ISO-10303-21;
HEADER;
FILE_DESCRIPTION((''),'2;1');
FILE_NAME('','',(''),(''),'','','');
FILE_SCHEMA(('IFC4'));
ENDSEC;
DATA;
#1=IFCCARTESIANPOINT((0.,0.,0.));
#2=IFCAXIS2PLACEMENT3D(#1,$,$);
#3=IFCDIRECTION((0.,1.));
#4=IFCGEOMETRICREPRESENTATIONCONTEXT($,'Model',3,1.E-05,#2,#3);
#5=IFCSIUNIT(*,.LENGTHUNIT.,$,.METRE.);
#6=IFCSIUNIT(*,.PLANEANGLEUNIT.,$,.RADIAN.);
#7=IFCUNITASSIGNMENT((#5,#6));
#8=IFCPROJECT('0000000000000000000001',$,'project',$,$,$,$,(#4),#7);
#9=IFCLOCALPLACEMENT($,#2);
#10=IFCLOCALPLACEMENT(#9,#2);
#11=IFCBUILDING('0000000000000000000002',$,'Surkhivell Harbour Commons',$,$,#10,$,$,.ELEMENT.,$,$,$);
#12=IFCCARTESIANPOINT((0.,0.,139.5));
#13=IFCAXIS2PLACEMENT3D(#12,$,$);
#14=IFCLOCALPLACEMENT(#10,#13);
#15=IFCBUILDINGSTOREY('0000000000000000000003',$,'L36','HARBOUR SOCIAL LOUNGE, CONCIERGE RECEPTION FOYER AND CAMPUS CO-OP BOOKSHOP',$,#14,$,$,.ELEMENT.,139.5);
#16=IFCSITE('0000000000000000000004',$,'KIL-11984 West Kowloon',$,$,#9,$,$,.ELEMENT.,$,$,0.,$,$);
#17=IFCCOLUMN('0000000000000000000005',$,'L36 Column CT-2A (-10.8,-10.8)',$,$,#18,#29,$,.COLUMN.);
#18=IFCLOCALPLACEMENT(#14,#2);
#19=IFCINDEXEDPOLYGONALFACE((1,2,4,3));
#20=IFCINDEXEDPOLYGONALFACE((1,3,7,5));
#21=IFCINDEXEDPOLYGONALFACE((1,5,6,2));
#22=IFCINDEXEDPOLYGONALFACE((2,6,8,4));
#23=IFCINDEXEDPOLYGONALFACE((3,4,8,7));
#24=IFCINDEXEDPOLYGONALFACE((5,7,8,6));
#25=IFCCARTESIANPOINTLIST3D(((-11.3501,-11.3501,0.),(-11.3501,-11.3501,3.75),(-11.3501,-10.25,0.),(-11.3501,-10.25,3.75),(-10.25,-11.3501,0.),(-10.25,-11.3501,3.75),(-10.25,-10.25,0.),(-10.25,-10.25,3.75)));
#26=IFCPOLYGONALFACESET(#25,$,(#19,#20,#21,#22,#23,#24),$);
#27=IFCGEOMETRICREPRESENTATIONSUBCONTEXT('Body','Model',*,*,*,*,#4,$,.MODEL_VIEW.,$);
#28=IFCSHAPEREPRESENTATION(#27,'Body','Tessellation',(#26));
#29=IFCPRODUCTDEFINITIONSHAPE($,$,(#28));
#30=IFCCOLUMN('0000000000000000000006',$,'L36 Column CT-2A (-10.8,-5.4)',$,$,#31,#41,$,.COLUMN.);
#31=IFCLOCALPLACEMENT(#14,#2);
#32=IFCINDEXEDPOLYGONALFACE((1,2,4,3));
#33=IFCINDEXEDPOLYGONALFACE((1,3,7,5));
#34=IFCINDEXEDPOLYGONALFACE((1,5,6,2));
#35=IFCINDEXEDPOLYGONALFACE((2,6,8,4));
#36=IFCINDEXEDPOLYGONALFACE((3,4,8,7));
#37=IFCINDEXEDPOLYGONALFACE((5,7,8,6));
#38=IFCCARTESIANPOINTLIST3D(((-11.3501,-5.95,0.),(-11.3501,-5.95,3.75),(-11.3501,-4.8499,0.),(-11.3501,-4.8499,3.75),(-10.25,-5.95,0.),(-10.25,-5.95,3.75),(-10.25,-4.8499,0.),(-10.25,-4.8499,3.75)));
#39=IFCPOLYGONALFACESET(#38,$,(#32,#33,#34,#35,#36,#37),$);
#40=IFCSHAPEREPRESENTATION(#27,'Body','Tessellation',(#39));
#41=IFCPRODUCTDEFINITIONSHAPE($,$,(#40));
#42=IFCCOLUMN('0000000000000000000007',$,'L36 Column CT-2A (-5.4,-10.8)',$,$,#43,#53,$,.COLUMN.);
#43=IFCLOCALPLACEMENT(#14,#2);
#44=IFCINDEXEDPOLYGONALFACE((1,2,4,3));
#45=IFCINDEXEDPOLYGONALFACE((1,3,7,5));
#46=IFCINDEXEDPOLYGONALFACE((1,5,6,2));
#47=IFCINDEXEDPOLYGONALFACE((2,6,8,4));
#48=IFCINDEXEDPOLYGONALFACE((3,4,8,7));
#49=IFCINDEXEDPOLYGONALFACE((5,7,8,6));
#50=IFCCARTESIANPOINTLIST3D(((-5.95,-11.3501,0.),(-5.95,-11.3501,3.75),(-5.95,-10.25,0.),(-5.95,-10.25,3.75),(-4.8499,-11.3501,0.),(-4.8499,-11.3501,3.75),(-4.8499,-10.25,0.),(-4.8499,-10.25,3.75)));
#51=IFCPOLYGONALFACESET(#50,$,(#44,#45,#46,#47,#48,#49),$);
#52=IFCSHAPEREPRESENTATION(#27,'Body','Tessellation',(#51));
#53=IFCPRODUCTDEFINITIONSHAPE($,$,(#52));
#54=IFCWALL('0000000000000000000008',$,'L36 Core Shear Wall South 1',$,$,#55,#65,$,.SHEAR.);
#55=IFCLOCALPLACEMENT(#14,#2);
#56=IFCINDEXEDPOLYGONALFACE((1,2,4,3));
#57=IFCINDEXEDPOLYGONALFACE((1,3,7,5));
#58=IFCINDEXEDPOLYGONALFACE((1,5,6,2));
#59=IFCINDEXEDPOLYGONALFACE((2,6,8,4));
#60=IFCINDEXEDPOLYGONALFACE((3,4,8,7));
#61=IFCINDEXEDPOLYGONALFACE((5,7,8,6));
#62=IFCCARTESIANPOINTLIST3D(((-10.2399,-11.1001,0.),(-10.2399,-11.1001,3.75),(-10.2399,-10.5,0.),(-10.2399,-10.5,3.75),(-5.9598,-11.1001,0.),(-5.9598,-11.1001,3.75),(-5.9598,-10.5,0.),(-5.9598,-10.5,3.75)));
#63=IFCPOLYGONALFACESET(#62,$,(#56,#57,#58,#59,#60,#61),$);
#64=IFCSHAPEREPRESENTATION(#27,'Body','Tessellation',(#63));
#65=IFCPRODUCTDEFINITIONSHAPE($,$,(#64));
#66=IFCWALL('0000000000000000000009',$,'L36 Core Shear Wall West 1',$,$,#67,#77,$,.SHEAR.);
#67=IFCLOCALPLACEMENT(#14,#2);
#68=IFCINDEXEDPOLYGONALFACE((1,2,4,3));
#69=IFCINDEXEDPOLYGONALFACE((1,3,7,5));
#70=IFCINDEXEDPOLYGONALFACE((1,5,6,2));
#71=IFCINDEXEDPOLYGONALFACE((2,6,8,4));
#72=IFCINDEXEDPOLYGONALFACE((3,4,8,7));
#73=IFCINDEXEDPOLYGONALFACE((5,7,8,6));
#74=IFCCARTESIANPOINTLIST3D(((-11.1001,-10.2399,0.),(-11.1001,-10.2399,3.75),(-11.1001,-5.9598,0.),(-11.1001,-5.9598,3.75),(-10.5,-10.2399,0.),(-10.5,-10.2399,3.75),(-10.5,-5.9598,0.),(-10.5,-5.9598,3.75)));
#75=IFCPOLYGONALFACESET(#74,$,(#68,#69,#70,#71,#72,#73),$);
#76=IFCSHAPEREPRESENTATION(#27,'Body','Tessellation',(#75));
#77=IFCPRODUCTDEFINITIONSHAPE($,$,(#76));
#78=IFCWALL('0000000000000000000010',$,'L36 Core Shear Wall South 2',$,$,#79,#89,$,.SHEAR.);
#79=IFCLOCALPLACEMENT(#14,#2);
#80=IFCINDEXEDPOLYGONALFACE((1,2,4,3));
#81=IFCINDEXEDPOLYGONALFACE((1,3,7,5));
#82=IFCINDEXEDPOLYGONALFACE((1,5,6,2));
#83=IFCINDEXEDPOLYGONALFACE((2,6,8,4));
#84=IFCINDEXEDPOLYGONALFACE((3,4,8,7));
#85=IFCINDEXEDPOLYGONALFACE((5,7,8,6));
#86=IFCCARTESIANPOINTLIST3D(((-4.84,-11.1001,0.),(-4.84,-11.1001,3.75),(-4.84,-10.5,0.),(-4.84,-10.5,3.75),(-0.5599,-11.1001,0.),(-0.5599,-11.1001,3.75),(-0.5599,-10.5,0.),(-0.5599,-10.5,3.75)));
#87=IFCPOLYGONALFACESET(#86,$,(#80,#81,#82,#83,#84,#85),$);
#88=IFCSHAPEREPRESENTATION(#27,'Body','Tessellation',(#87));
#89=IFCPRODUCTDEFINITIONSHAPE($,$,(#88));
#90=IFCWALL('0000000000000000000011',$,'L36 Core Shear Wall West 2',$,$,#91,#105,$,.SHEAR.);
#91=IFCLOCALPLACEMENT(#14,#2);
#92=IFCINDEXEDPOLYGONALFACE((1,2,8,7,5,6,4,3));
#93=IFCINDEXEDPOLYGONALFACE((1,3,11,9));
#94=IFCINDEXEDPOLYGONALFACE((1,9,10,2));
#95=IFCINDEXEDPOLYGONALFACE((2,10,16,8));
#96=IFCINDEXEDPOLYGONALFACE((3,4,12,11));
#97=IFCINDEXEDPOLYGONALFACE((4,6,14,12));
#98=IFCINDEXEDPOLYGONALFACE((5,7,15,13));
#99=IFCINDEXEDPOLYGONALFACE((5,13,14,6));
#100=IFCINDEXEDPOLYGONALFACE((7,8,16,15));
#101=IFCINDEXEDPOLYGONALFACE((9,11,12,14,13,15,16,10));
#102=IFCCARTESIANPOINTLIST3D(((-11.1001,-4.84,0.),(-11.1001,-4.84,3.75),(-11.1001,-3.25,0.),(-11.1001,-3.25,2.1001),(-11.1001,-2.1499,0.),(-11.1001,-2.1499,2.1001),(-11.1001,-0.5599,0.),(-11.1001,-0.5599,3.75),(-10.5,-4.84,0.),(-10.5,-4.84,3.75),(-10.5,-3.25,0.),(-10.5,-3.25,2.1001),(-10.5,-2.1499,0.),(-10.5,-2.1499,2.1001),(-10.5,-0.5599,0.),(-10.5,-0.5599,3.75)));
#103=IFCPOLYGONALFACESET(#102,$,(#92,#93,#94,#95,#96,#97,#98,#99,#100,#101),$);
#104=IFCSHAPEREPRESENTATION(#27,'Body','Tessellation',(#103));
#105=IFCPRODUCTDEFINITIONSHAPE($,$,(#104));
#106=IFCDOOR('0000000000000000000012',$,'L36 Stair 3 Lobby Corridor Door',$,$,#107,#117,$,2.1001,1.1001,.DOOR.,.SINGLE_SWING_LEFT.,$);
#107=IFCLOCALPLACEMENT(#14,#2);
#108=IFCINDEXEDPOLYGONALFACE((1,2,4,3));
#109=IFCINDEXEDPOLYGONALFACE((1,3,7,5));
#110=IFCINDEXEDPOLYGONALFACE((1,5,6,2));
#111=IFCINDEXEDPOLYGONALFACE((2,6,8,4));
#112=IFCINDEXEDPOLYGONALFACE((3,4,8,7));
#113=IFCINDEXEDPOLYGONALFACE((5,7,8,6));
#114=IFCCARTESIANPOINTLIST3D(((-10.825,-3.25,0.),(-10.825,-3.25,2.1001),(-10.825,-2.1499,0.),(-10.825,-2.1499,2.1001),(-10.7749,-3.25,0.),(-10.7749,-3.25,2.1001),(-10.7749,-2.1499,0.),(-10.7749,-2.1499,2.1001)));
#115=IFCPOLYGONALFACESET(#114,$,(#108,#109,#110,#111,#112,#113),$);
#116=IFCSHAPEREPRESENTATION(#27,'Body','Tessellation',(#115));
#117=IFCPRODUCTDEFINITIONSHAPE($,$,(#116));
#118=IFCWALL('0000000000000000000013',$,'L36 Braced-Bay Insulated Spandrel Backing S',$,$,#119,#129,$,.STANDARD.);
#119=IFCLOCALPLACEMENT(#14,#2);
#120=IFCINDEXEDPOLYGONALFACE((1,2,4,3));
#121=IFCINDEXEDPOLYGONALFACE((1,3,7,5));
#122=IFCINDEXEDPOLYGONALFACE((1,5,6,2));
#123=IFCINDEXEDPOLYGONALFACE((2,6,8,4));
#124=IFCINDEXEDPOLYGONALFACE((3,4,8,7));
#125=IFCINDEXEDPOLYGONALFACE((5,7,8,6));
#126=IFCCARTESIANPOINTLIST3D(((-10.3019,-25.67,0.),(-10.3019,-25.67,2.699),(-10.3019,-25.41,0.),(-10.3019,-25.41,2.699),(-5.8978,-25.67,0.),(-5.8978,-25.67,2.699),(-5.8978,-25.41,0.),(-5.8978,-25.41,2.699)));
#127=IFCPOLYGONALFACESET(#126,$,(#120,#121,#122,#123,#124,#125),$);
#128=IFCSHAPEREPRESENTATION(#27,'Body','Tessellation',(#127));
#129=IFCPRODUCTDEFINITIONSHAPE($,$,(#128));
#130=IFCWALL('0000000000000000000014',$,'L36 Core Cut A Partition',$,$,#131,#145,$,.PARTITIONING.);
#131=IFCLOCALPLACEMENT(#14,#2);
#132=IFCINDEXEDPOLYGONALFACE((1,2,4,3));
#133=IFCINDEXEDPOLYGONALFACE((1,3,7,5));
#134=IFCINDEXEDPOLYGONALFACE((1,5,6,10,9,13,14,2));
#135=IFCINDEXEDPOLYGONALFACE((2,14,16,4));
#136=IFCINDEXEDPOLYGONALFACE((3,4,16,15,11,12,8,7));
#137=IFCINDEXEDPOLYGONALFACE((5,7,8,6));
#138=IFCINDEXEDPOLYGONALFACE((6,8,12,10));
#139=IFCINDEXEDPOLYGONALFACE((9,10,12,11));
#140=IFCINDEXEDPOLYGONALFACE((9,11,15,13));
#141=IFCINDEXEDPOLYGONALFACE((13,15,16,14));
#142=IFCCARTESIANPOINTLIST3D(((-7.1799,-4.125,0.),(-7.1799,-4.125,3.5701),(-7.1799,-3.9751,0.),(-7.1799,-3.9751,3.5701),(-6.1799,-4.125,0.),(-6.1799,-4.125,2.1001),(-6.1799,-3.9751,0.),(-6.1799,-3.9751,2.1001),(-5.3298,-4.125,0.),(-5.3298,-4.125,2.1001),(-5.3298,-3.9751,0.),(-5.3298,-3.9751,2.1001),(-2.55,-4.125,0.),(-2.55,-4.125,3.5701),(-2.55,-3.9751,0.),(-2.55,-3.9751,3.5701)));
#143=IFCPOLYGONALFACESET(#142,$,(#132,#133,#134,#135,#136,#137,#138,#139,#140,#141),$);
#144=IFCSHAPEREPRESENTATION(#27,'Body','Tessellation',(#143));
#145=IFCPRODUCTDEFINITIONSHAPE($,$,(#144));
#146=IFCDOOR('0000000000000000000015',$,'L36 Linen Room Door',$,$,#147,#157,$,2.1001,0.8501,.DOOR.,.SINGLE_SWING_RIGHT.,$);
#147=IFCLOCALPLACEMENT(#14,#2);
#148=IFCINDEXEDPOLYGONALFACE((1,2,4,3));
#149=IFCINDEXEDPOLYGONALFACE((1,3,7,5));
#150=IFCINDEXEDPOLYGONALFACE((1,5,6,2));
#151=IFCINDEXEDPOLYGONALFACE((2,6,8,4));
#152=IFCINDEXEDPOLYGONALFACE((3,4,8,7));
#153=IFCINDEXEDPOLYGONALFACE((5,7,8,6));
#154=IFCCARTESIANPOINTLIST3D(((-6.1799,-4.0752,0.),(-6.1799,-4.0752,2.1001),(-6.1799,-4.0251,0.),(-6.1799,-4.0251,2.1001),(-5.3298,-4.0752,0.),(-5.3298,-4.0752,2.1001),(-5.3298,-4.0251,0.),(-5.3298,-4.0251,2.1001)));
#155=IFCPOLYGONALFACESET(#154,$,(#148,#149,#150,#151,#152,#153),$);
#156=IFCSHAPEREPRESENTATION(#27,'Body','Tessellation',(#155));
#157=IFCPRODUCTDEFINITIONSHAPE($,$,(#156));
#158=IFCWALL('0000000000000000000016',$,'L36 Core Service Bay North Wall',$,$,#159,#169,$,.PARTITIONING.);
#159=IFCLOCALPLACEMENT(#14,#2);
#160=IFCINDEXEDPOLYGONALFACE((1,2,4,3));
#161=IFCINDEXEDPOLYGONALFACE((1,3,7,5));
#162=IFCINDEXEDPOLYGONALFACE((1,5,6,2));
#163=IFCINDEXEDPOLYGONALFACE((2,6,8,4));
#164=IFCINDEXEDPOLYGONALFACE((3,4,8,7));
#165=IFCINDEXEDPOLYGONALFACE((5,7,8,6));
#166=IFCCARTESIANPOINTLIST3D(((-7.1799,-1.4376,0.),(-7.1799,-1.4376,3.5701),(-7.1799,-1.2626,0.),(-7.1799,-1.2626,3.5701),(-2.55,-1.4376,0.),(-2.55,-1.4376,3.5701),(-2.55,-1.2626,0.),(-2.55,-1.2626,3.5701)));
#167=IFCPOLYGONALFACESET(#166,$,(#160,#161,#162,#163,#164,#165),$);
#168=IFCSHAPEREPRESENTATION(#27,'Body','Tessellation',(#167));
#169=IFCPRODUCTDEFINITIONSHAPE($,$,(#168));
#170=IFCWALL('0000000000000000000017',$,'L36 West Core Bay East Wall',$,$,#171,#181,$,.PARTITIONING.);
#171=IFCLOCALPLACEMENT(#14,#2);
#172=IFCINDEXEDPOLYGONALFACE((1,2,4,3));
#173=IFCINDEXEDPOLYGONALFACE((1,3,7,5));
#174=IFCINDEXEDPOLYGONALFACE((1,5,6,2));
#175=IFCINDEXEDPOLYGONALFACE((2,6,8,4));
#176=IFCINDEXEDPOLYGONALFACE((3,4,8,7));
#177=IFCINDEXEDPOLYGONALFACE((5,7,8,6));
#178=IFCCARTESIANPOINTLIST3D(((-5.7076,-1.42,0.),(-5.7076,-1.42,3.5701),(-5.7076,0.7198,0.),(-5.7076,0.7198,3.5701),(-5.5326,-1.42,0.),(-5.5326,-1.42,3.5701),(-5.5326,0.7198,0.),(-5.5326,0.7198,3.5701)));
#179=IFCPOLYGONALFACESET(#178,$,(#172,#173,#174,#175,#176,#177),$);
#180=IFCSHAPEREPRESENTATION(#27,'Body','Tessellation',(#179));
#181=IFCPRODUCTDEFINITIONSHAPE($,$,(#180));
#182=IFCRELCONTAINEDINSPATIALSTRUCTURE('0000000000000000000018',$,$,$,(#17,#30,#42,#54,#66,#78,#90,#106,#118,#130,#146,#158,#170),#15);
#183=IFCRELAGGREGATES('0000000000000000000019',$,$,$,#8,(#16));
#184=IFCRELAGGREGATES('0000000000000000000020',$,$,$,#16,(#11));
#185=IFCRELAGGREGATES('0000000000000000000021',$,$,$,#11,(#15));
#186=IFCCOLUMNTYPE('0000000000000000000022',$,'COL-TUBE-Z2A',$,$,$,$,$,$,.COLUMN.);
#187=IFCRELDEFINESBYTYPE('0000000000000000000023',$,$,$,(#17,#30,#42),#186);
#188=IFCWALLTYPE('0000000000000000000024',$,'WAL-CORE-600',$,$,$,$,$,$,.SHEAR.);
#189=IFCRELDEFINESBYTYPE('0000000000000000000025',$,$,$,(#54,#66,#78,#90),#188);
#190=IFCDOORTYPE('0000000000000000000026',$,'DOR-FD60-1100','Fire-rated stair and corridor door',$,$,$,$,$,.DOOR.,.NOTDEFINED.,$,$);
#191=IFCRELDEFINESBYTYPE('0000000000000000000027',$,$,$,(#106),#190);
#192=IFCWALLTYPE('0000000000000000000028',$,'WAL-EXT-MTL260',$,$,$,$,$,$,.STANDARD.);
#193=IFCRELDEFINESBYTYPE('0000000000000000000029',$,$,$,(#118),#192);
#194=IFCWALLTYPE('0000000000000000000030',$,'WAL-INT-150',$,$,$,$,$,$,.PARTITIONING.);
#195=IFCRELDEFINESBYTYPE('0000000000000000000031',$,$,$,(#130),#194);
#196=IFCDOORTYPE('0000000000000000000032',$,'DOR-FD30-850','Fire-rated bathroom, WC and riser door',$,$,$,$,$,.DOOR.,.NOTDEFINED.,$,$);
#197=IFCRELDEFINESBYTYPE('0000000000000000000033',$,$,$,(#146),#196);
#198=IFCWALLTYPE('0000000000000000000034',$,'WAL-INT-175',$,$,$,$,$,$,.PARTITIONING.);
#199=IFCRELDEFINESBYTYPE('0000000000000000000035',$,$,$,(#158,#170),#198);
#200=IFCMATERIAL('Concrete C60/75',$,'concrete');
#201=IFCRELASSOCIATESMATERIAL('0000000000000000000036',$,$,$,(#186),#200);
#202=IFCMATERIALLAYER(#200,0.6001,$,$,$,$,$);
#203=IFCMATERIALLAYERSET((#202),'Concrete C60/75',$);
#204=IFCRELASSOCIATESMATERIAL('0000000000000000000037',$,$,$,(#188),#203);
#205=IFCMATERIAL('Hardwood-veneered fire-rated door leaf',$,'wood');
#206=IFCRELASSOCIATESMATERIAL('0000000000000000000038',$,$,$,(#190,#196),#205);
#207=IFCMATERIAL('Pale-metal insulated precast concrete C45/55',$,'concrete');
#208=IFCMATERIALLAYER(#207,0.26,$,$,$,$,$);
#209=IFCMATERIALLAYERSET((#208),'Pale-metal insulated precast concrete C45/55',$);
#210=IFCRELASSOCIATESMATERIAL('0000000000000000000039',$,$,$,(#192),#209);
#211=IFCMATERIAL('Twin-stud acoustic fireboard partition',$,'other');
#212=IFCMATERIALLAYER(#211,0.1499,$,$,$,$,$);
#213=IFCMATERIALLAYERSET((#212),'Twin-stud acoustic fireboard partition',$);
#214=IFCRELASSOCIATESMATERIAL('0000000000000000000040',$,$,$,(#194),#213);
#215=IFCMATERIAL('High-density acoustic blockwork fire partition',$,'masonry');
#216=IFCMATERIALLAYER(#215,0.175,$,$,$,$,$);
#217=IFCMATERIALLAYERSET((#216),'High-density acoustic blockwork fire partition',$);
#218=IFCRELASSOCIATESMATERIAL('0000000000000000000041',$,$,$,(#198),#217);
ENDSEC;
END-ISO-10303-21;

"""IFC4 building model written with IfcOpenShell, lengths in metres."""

from ifc_helpers import new_model, si_unit, direction, frame, frame_2d, origin, origin_2d, place, context, subcontext, project, spatial, rectangle, extrude, material, layer, layer_set, material_profile, profile_set, type_object, element, fill, save


model = new_model("IFC4")

# Units and contexts
model_context = context("Model", 3, precision=1e-05, world=origin(), true_north=direction((0.0, 1.0)))
body_context = subcontext(model_context, "Body", "Model", "MODEL_VIEW")
ifc_project = project(units=[si_unit("LENGTHUNIT", "METRE"), si_unit("PLANEANGLEUNIT", "RADIAN")], contexts=[model_context])

# Site, building, storey
site_placement = place(None, origin())
site = spatial("IfcSite", under=ifc_project, at=site_placement, Name="KIL-11984 West Kowloon", CompositionType="ELEMENT", RefElevation=0.0)
building_placement = place(site_placement, origin())
building = spatial("IfcBuilding", under=site, at=building_placement, Name="Surkhivell Harbour Commons", CompositionType="ELEMENT")
storey_placement = place(building_placement, frame((0.0, 0.0, 139.5)))
storey = spatial("IfcBuildingStorey", under=building, at=storey_placement, Name="L36", Description="HARBOUR SOCIAL LOUNGE, CONCIERGE RECEPTION FOYER AND CAMPUS CO-OP BOOKSHOP", CompositionType="ELEMENT", Elevation=139.5)

# Columns
ifc_material_1 = material(Name="Concrete C60/75", Category="concrete")
ifc_material_profile = material_profile(ifc_material_1, rectangle(XDim=1.1001, YDim=1.1001, at=origin_2d()), Name="RC-COL-1100x1100")
ifc_profile_set = profile_set([ifc_material_profile], Name="Concrete C60/75")
column_type = type_object("IfcColumnType", Name="COL-TUBE-Z2A", PredefinedType="COLUMN", material=ifc_profile_set)
for number, where, z_axis, x_axis, name in (
    (1, (-10.8, -10.8, 0.0), (0.0, 0.0, 1.0), (1.0, 0.0, 0.0), "L36 Column CT-2A (-10.8,-10.8)"),
    (2, (-10.8, -5.3999, 0.0), (0.0, 0.0, 1.0), (1.0, 0.0, 0.0), "L36 Column CT-2A (-10.8,-5.4)"),
    (3, (-5.3999, -10.8, 0.0), (0.0, 0.0, 1.0), (1.0, 0.0, 0.0), "L36 Column CT-2A (-5.4,-10.8)"),
):
    element("IfcColumn", number, at=place(storey_placement, frame(where, z_axis=z_axis, x_axis=x_axis)), inside=storey, type_object=column_type, Name=name, PredefinedType="COLUMN", context=body_context, shape_type="SweptSolid", body=[
        extrude(rectangle(XDim=1.1001, YDim=1.1001, at=origin_2d()), origin(), (0.0, 0.0, 1.0), 3.75),
    ])

# Walls
ifc_layer_1 = layer(ifc_material_1, 0.6001)
ifc_layer_set_1 = layer_set([ifc_layer_1], Name="Concrete C60/75")
wall_type_1 = type_object("IfcWallType", Name="WAL-CORE-600", PredefinedType="SHEAR", material=ifc_layer_set_1)
for number, where, z_axis, x_axis, name in (
    (4, (-10.24, -10.8, 0.0), (0.0, 0.0, 1.0), (1.0, 0.0, 0.0), "L36 Core Shear Wall South 1"),
    (5, (-10.8, -10.24, 0.0), (0.0, 0.0, 1.0), (0.0, 1.0, 0.0), "L36 Core Shear Wall West 1"),
    (6, (-4.8401, -10.8, 0.0), (0.0, 0.0, 1.0), (1.0, 0.0, 0.0), "L36 Core Shear Wall South 2"),
):
    element("IfcWall", number, at=place(storey_placement, frame(where, z_axis=z_axis, x_axis=x_axis)), inside=storey, type_object=wall_type_1, Name=name, PredefinedType="SHEAR", context=body_context, shape_type="SweptSolid", body=[
        extrude(rectangle(XDim=4.28, YDim=0.6001, at=frame_2d((2.1401, 0.0))), origin(), (0.0, 0.0, 1.0), 3.75),
    ])

# Wall, opening, door
wall_1_placement = place(storey_placement, frame((-10.8, -4.8401, 0.0), z_axis=(0.0, 0.0, 1.0), x_axis=(0.0, 1.0, 0.0)))
wall_1 = element("IfcWall", 7, at=wall_1_placement, inside=storey, type_object=wall_type_1, Name="L36 Core Shear Wall West 2", PredefinedType="SHEAR", context=body_context, shape_type="SweptSolid", body=[
    extrude(rectangle(XDim=4.28, YDim=0.6001, at=frame_2d((2.1401, 0.0))), origin(), (0.0, 0.0, 1.0), 3.75),
])
opening_1_placement = place(wall_1_placement, frame((1.5901, 0.0, 0.0)))
opening_1 = element("IfcOpeningElement", 8, at=opening_1_placement, cuts=wall_1, PredefinedType="OPENING", context=body_context, shape_type="SweptSolid", body=[
    extrude(rectangle(XDim=1.1001, YDim=2.1001, at=frame_2d((0.55, 1.05))), frame((0.0, 0.3101, 0.0), z_axis=(0.0, -1.0, 0.0), x_axis=(1.0, 0.0, 0.0)), (0.0, 0.0, 1.0), 0.6201),
])
ifc_material_2 = material(Name="Hardwood-veneered fire-rated door leaf", Category="wood")
door_type_1 = type_object("IfcDoorType", Name="DOR-FD60-1100", Description="Fire-rated stair and corridor door", OperationType="NOTDEFINED", PredefinedType="DOOR", material=ifc_material_2)
door_1_placement = place(opening_1_placement, origin())
door_1 = element("IfcDoor", 9, at=door_1_placement, inside=storey, type_object=door_type_1, Name="L36 Stair 3 Lobby Corridor Door", OperationType="SINGLE_SWING_LEFT", OverallHeight=2.1001, OverallWidth=1.1001, PredefinedType="DOOR", context=body_context, shape_type="SweptSolid", body=[
    extrude(rectangle(XDim=1.1001, YDim=2.1001, at=frame_2d((0.55, 1.05))), frame((0.0, 0.0249, 0.0), z_axis=(0.0, -1.0, 0.0), x_axis=(1.0, 0.0, 0.0)), (0.0, 0.0, 1.0), 0.05),
])
fill(opening_1, door_1)

# Wall
ifc_material_3 = material(Name="Pale-metal insulated precast concrete C45/55", Category="concrete")
ifc_layer_2 = layer(ifc_material_3, 0.26)
ifc_layer_set_2 = layer_set([ifc_layer_2], Name="Pale-metal insulated precast concrete C45/55")
wall_type_2 = type_object("IfcWallType", Name="WAL-EXT-MTL260", PredefinedType="STANDARD", material=ifc_layer_set_2)
wall_2_placement = place(storey_placement, frame((-10.302, -25.54, 0.0), z_axis=(0.0, 0.0, 1.0), x_axis=(1.0, 0.0, 0.0)))
element("IfcWall", 10, at=wall_2_placement, inside=storey, type_object=wall_type_2, Name="L36 Braced-Bay Insulated Spandrel Backing S", PredefinedType="STANDARD", context=body_context, shape_type="SweptSolid", body=[
    extrude(rectangle(XDim=4.4041, YDim=0.26, at=frame_2d((2.2021, 0.0))), origin(), (0.0, 0.0, 1.0), 2.699),
])

# Wall, opening, door
ifc_material_4 = material(Name="Twin-stud acoustic fireboard partition", Category="other")
ifc_layer_3 = layer(ifc_material_4, 0.1499)
ifc_layer_set_3 = layer_set([ifc_layer_3], Name="Twin-stud acoustic fireboard partition")
wall_type_3 = type_object("IfcWallType", Name="WAL-INT-150", PredefinedType="PARTITIONING", material=ifc_layer_set_3)
wall_3_placement = place(storey_placement, frame((-7.1799, -4.05, 0.0), z_axis=(0.0, 0.0, 1.0), x_axis=(1.0, 0.0, 0.0)))
wall_3 = element("IfcWall", 11, at=wall_3_placement, inside=storey, type_object=wall_type_3, Name="L36 Core Cut A Partition", PredefinedType="PARTITIONING", context=body_context, shape_type="SweptSolid", body=[
    extrude(rectangle(XDim=4.6299, YDim=0.1499, at=frame_2d((2.3149, 0.0))), origin(), (0.0, 0.0, 1.0), 3.5701),
])
opening_2_placement = place(wall_3_placement, frame((1.0, 0.0, 0.0)))
opening_2 = element("IfcOpeningElement", 12, at=opening_2_placement, cuts=wall_3, PredefinedType="OPENING", context=body_context, shape_type="SweptSolid", body=[
    extrude(rectangle(XDim=0.8501, YDim=2.1001, at=frame_2d((0.425, 1.05))), frame((0.0, 0.085, 0.0), z_axis=(0.0, -1.0, 0.0), x_axis=(1.0, 0.0, 0.0)), (0.0, 0.0, 1.0), 0.1699),
])
door_type_2 = type_object("IfcDoorType", Name="DOR-FD30-850", Description="Fire-rated bathroom, WC and riser door", OperationType="NOTDEFINED", PredefinedType="DOOR", material=ifc_material_2)
door_2_placement = place(opening_2_placement, origin())
door_2 = element("IfcDoor", 13, at=door_2_placement, inside=storey, type_object=door_type_2, Name="L36 Linen Room Door", OperationType="SINGLE_SWING_RIGHT", OverallHeight=2.1001, OverallWidth=0.8501, PredefinedType="DOOR", context=body_context, shape_type="SweptSolid", body=[
    extrude(rectangle(XDim=0.8501, YDim=2.1001, at=frame_2d((0.425, 1.05))), frame((0.0, 0.0249, 0.0), z_axis=(0.0, -1.0, 0.0), x_axis=(1.0, 0.0, 0.0)), (0.0, 0.0, 1.0), 0.05),
])
fill(opening_2, door_2)

# Walls
ifc_material_5 = material(Name="High-density acoustic blockwork fire partition", Category="masonry")
ifc_layer_4 = layer(ifc_material_5, 0.175)
ifc_layer_set_4 = layer_set([ifc_layer_4], Name="High-density acoustic blockwork fire partition")
wall_type_4 = type_object("IfcWallType", Name="WAL-INT-175", PredefinedType="PARTITIONING", material=ifc_layer_set_4)
wall_4_placement = place(storey_placement, frame((-7.1799, -1.3501, 0.0), z_axis=(0.0, 0.0, 1.0), x_axis=(1.0, 0.0, 0.0)))
element("IfcWall", 14, at=wall_4_placement, inside=storey, type_object=wall_type_4, Name="L36 Core Service Bay North Wall", PredefinedType="PARTITIONING", context=body_context, shape_type="SweptSolid", body=[
    extrude(rectangle(XDim=4.6299, YDim=0.175, at=frame_2d((2.3149, 0.0))), origin(), (0.0, 0.0, 1.0), 3.5701),
])
wall_5_placement = place(storey_placement, frame((-5.6201, -1.4199, 0.0), z_axis=(0.0, 0.0, 1.0), x_axis=(0.0, 1.0, 0.0)))
element("IfcWall", 15, at=wall_5_placement, inside=storey, type_object=wall_type_4, Name="L36 West Core Bay East Wall", PredefinedType="PARTITIONING", context=body_context, shape_type="SweptSolid", body=[
    extrude(rectangle(XDim=2.1399, YDim=0.175, at=frame_2d((1.0698, 0.0))), origin(), (0.0, 0.0, 1.0), 3.5701),
])

save(model, "model.ifc")
